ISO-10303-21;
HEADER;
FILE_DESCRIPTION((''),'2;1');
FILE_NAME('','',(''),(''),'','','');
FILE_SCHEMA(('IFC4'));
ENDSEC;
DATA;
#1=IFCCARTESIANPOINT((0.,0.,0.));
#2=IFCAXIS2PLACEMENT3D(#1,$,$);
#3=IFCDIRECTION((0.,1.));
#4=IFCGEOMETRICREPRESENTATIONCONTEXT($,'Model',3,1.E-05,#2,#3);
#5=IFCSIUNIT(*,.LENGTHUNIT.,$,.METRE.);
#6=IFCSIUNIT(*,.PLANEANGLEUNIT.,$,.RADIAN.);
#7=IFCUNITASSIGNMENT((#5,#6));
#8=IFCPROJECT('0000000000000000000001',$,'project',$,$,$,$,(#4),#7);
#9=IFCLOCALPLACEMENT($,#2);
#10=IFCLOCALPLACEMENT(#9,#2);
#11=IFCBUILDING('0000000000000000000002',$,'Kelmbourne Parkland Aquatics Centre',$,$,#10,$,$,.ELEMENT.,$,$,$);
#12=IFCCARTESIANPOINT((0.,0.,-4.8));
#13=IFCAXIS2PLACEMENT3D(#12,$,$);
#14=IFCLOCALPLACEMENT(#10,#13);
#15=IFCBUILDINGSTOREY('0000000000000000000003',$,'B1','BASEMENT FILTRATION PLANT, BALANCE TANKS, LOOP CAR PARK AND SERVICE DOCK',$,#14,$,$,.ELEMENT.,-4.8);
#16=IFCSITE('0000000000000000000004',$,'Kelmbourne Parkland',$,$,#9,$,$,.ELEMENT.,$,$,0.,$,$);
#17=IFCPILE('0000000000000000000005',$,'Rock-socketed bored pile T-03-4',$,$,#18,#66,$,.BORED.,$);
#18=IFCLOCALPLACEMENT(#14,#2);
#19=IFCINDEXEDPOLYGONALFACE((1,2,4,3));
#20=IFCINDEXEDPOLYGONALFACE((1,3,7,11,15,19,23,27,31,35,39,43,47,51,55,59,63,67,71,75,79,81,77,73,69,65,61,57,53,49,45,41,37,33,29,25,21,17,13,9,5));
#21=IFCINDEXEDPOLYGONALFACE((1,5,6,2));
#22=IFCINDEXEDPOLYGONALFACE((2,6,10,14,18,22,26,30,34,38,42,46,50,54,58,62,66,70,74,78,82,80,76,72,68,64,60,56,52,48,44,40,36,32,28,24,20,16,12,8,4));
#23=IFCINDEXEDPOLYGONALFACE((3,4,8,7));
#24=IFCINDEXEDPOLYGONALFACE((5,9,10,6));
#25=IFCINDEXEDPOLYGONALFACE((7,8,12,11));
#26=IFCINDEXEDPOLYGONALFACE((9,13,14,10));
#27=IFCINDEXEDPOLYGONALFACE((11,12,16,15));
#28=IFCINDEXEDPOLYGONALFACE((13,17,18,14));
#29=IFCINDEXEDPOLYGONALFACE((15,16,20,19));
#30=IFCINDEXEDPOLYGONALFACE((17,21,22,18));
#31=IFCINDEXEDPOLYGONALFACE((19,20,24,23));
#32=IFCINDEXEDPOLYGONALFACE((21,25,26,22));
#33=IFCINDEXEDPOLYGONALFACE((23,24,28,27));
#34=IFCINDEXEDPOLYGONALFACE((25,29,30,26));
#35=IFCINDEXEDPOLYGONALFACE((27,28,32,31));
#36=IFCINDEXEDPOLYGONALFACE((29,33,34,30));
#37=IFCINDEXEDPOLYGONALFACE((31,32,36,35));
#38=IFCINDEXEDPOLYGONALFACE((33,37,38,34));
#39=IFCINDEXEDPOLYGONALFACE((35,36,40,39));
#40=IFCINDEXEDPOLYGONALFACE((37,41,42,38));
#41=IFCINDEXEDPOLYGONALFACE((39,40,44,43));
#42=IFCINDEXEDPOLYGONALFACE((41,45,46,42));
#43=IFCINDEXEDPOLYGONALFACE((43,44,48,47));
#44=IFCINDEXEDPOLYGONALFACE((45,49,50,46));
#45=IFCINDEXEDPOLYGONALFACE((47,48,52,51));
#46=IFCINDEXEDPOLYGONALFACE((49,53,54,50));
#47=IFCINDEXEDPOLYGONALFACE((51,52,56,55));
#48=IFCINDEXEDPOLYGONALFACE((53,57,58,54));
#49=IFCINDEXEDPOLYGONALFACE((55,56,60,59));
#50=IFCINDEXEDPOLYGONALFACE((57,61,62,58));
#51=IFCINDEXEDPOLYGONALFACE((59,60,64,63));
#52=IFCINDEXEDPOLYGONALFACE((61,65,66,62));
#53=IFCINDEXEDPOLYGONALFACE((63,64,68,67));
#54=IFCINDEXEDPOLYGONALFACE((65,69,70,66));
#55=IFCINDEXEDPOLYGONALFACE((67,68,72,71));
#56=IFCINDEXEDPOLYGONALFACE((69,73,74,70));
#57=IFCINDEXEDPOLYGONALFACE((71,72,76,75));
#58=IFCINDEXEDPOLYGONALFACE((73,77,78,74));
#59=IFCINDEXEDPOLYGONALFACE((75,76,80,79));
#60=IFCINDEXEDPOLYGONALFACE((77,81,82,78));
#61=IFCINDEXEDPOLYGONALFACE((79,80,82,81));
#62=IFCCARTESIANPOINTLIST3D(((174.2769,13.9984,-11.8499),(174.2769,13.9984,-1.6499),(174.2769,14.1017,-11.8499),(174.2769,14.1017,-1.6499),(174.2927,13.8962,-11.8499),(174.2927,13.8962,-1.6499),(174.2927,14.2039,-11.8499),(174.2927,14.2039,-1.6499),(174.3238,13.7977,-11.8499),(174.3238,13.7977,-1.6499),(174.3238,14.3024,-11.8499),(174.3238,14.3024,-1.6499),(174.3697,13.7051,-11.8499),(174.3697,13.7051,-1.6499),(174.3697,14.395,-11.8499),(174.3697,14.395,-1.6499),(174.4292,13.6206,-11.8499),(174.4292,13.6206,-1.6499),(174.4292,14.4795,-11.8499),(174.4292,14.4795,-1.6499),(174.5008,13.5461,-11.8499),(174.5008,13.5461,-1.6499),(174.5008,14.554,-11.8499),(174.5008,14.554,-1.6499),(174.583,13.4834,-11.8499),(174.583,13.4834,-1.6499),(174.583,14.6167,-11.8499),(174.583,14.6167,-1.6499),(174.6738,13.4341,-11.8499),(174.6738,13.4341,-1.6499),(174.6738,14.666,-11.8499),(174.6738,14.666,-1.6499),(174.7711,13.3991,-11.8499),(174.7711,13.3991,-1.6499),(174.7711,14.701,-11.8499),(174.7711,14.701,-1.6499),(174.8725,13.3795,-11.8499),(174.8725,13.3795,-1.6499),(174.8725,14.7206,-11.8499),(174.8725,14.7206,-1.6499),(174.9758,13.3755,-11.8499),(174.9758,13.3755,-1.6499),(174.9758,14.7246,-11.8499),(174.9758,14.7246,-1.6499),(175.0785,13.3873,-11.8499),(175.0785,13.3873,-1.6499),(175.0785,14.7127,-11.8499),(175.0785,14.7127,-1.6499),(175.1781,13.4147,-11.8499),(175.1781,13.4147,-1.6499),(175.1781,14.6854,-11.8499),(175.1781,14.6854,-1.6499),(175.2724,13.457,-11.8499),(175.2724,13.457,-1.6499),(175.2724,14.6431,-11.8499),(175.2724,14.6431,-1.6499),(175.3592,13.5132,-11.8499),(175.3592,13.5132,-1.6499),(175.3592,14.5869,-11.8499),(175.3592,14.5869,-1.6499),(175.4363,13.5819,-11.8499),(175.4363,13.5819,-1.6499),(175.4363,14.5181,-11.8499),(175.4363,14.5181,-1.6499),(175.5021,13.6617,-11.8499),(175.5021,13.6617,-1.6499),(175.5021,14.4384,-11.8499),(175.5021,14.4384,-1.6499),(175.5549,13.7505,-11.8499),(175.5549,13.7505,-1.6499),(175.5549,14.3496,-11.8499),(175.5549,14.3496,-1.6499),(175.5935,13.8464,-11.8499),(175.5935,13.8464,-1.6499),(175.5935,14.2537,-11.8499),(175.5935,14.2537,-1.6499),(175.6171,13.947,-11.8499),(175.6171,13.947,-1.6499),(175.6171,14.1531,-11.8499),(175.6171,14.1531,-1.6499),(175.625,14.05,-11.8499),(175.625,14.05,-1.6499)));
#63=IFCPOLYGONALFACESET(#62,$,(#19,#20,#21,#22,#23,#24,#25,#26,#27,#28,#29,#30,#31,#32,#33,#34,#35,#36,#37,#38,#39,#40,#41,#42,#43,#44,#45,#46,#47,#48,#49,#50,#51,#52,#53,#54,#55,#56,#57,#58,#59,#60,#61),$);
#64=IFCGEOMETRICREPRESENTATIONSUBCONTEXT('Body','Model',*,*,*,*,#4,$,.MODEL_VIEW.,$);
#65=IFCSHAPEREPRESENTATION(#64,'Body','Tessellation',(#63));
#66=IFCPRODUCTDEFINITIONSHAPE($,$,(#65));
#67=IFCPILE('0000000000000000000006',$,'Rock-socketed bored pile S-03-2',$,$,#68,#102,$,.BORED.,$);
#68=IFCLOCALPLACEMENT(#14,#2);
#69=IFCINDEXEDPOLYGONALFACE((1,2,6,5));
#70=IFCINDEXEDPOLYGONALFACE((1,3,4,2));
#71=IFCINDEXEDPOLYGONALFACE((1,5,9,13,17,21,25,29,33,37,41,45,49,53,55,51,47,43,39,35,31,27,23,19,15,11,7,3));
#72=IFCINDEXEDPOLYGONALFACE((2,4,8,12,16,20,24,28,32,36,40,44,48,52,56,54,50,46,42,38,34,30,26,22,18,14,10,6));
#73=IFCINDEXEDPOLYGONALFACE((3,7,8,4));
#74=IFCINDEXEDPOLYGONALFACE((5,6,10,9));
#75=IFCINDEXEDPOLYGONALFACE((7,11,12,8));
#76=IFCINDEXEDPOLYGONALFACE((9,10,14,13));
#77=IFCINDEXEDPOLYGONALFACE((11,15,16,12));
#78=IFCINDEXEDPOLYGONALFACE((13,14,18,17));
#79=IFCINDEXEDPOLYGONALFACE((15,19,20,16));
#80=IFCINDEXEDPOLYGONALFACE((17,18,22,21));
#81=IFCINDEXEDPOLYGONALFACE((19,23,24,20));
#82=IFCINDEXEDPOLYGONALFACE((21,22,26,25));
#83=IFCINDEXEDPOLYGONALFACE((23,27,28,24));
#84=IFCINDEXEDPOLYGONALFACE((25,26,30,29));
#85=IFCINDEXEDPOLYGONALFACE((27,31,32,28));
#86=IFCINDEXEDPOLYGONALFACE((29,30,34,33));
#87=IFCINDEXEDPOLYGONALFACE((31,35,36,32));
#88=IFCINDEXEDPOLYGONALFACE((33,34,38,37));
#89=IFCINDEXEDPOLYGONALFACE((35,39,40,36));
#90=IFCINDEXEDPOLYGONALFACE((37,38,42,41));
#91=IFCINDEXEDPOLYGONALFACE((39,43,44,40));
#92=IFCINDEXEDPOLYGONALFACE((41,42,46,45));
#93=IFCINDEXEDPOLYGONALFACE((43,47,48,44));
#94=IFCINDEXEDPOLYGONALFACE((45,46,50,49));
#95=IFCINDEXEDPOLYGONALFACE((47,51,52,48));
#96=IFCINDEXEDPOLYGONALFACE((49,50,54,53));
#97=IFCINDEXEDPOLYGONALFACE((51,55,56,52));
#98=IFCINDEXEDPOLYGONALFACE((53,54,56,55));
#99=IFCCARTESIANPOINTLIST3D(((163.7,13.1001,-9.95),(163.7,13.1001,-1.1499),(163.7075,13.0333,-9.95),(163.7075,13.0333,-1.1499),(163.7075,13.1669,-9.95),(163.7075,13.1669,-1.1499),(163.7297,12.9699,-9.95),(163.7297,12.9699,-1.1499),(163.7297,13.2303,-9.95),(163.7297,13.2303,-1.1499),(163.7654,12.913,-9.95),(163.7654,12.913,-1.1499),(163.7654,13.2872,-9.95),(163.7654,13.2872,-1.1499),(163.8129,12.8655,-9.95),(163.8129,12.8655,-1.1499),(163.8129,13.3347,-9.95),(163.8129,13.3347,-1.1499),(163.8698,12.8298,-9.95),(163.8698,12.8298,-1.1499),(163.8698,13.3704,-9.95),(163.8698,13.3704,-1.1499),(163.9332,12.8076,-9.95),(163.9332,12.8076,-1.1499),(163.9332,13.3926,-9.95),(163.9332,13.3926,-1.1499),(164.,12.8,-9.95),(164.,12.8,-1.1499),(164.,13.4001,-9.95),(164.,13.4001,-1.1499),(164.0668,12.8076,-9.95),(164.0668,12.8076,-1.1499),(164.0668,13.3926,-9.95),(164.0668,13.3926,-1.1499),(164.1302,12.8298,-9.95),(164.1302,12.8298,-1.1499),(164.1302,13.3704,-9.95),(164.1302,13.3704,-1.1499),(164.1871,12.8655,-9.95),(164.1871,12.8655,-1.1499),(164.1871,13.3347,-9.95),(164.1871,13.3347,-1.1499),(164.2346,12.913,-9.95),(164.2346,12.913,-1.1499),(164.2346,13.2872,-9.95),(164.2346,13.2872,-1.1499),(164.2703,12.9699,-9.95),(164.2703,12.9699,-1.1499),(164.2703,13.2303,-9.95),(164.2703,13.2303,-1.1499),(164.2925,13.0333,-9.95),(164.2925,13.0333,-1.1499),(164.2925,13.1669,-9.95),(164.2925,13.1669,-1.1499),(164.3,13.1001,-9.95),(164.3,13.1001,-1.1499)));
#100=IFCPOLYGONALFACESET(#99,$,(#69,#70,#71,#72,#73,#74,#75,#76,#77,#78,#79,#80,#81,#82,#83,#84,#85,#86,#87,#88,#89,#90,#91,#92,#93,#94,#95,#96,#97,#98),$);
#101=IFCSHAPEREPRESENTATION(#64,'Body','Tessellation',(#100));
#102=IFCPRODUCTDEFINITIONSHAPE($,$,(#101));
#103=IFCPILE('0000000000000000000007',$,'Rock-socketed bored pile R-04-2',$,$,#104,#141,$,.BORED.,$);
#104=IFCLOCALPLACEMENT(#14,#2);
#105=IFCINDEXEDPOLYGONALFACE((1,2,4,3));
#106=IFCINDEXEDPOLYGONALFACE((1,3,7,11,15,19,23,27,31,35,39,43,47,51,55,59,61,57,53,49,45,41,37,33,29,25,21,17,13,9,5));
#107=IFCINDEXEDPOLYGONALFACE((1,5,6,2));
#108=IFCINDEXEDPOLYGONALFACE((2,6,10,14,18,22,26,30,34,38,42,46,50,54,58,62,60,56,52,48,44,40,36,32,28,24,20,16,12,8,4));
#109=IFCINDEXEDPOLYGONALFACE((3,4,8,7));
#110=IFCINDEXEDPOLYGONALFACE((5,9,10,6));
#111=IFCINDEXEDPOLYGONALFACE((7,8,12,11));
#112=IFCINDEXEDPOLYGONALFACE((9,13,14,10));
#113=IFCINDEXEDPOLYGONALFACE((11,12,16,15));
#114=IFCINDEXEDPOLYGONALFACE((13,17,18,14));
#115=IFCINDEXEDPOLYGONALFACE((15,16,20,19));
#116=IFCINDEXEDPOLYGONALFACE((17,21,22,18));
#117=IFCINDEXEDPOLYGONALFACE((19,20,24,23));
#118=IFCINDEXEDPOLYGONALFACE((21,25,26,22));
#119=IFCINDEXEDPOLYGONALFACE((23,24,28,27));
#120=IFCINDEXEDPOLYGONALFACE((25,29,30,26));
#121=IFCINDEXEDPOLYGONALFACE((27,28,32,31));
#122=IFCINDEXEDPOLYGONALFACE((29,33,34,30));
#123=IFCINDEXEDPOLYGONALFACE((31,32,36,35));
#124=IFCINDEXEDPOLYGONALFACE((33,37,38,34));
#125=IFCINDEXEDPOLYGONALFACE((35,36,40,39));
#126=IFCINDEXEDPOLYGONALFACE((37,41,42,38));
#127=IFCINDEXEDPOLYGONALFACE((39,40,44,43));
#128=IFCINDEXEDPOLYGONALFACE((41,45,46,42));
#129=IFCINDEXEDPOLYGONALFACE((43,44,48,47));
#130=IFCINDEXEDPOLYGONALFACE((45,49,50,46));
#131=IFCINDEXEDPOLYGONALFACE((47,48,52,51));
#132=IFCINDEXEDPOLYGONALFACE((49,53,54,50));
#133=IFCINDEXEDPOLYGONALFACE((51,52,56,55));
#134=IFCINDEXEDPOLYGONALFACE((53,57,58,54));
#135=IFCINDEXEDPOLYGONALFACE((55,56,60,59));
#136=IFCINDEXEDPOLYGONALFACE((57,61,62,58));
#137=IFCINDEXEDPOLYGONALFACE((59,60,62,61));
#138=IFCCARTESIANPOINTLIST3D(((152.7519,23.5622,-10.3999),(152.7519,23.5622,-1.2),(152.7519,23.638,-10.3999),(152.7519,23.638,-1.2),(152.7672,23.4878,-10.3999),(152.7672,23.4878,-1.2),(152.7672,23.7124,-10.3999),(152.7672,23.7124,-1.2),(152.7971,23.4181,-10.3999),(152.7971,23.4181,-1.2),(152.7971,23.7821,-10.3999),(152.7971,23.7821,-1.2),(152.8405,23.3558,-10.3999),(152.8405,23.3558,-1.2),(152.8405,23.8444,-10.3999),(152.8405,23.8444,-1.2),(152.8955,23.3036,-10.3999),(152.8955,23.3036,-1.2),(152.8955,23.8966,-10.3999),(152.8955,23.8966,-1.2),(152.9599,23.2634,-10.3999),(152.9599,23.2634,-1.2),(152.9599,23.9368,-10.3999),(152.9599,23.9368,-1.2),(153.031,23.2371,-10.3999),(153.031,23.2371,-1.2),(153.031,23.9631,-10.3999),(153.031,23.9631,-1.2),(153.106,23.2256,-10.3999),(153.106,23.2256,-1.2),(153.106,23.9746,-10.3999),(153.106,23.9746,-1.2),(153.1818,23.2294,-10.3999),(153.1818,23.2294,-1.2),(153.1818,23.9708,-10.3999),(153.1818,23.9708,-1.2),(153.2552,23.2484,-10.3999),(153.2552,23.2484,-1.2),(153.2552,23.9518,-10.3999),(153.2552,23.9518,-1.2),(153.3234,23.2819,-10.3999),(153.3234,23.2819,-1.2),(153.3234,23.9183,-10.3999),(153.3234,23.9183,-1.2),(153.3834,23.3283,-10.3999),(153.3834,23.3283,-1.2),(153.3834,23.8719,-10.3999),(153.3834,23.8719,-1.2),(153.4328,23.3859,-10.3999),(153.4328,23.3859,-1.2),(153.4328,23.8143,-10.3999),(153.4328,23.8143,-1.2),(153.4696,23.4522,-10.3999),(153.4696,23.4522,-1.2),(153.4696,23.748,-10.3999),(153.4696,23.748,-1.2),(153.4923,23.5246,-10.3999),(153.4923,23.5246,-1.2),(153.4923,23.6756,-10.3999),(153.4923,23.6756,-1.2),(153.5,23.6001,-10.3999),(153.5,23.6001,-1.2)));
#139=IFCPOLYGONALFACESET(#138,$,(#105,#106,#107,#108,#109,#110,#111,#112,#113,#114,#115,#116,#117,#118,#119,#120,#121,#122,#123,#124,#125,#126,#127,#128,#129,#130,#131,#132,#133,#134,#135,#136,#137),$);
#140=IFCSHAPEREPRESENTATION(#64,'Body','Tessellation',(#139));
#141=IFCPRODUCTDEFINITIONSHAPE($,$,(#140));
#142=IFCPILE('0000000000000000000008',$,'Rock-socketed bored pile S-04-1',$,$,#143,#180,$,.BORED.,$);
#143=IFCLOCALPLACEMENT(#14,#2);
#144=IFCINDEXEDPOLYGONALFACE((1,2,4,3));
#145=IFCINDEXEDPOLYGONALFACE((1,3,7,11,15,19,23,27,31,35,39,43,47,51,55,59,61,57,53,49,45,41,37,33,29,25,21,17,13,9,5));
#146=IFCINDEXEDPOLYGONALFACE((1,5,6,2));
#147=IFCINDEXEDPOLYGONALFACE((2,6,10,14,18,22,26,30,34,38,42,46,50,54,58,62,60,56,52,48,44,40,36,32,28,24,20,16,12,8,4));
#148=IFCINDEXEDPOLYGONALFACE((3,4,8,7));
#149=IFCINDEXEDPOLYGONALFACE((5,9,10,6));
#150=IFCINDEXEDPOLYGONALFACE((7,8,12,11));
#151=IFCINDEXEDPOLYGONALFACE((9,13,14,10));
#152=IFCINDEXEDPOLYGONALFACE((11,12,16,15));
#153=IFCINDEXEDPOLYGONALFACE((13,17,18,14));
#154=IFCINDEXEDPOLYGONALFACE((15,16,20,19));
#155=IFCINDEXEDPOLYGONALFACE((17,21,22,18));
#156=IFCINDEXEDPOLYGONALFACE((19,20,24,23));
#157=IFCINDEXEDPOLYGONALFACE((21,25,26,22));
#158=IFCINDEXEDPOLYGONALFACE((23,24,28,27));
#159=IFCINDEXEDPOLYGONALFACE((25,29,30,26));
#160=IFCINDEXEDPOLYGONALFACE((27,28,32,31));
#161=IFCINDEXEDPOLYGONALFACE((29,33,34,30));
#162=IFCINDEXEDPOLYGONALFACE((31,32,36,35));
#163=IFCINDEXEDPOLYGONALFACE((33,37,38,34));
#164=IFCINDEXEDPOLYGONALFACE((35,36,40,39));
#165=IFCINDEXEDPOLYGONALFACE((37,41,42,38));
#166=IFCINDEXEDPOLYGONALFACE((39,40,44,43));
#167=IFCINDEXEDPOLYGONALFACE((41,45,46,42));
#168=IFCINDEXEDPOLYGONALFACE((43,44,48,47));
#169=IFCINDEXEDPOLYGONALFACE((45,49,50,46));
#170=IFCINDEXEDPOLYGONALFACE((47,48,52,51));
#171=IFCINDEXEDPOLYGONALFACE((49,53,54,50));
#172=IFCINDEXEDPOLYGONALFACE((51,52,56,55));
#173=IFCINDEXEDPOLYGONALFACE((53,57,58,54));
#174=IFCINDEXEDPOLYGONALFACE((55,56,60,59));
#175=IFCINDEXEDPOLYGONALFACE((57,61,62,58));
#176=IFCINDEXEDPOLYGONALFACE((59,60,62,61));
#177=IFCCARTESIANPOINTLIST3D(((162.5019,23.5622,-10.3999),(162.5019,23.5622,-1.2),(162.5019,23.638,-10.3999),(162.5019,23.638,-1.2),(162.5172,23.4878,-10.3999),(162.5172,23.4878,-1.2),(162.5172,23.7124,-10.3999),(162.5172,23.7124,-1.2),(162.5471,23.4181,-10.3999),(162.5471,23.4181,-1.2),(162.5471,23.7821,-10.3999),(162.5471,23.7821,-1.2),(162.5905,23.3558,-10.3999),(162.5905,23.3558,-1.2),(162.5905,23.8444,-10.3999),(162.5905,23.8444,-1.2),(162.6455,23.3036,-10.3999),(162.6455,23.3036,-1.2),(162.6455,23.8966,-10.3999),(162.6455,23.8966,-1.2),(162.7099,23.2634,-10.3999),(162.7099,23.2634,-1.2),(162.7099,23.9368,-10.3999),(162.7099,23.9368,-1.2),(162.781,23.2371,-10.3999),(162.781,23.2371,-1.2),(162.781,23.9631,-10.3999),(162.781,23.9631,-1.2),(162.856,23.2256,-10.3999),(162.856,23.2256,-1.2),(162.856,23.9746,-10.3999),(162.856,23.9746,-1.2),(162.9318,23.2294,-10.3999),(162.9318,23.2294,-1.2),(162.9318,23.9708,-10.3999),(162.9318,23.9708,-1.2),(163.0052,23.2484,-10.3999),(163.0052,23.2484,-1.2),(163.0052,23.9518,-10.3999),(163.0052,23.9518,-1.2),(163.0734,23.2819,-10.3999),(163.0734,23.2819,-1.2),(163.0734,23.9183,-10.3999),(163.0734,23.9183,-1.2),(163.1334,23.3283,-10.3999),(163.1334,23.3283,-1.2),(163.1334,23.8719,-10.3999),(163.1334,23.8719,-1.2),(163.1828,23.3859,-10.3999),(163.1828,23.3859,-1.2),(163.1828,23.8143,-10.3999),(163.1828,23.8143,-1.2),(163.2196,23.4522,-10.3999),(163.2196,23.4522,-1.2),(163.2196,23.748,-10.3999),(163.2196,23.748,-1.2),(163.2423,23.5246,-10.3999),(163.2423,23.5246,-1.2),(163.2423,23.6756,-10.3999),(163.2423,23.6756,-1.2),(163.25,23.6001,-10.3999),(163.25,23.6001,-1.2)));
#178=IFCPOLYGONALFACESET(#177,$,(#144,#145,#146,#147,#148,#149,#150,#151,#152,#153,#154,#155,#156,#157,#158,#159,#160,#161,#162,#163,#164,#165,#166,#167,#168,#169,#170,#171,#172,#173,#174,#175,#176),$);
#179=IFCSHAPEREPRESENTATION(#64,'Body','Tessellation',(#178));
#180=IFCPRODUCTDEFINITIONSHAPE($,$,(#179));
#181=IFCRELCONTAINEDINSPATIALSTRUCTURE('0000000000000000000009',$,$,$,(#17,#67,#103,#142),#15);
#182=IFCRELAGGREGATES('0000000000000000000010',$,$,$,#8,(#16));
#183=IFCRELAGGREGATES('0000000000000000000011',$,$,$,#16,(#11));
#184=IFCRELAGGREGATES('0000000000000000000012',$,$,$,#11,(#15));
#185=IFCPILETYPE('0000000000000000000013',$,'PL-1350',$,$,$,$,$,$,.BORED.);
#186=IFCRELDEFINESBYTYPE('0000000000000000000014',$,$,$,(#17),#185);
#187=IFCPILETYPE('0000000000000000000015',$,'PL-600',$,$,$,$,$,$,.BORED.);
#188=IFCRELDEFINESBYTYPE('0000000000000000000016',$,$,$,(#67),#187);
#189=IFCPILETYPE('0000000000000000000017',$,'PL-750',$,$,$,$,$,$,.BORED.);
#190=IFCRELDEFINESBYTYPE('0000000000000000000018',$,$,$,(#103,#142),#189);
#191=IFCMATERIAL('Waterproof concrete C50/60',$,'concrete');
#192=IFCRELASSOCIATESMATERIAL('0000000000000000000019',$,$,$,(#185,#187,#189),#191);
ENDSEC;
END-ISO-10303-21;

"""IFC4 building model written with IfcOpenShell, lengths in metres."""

from ifc_helpers import new_model, si_unit, direction, frame, origin, origin_2d, place, context, subcontext, project, spatial, circle, extrude, material, material_profile, profile_set, type_object, element, save


model = new_model("IFC4")

# Units and contexts
model_context = context("Model", 3, precision=1e-05, world=origin(), true_north=direction((0.0, 1.0)))
body_context = subcontext(model_context, "Body", "Model", "MODEL_VIEW")
ifc_project = project(units=[si_unit("LENGTHUNIT", "METRE"), si_unit("PLANEANGLEUNIT", "RADIAN")], contexts=[model_context])

# Site, building, storey
site_placement = place(None, origin())
site = spatial("IfcSite", under=ifc_project, at=site_placement, Name="Kelmbourne Parkland", CompositionType="ELEMENT", RefElevation=0.0)
building_placement = place(site_placement, origin())
building = spatial("IfcBuilding", under=site, at=building_placement, Name="Kelmbourne Parkland Aquatics Centre", CompositionType="ELEMENT")
storey_placement = place(building_placement, frame((0.0, 0.0, -4.8)))
storey = spatial("IfcBuildingStorey", under=building, at=storey_placement, Name="B1", Description="BASEMENT FILTRATION PLANT, BALANCE TANKS, LOOP CAR PARK AND SERVICE DOCK", CompositionType="ELEMENT", Elevation=-4.8)

# Shared definitions
ifc_material_1 = material(Name="Waterproof concrete C50/60", Category="concrete")

# Piles
ifc_material_profile_1 = material_profile(ifc_material_1, circle(Radius=0.675, at=origin_2d()), Name="PILE D1350")
ifc_profile_set_1 = profile_set([ifc_material_profile_1], Name="Waterproof concrete C50/60")
pile_type_1 = type_object("IfcPileType", Name="PL-1350", PredefinedType="BORED", material=ifc_profile_set_1)
for number, where, z_axis, x_axis, name in (
    (1, (174.95, 14.05, -1.6499), (0.0, 0.0, -1.0), (1.0, 0.0, 0.0), "Rock-socketed bored pile T-03-4"),
):
    element("IfcPile", number, at=place(storey_placement, frame(where, z_axis=z_axis, x_axis=x_axis)), inside=storey, type_object=pile_type_1, Name=name, PredefinedType="BORED", context=body_context, shape_type="SweptSolid", body=[
        extrude(circle(Radius=0.675, at=origin_2d()), origin(), (0.0, 0.0, 1.0), 10.2),
    ])
ifc_material_profile_2 = material_profile(ifc_material_1, circle(Radius=0.3, at=origin_2d()), Name="PILE D600")
ifc_profile_set_2 = profile_set([ifc_material_profile_2], Name="Waterproof concrete C50/60")
pile_type_2 = type_object("IfcPileType", Name="PL-600", PredefinedType="BORED", material=ifc_profile_set_2)
pile_placement = place(storey_placement, frame((164.0, 13.1001, -1.1499), z_axis=(0.0, 0.0, -1.0), x_axis=(1.0, 0.0, 0.0)))
element("IfcPile", 2, at=pile_placement, inside=storey, type_object=pile_type_2, Name="Rock-socketed bored pile S-03-2", PredefinedType="BORED", context=body_context, shape_type="SweptSolid", body=[
    extrude(circle(Radius=0.3, at=origin_2d()), origin(), (0.0, 0.0, 1.0), 8.8),
])
ifc_material_profile_3 = material_profile(ifc_material_1, circle(Radius=0.375, at=origin_2d()), Name="PILE D750")
ifc_profile_set_3 = profile_set([ifc_material_profile_3], Name="Waterproof concrete C50/60")
pile_type_3 = type_object("IfcPileType", Name="PL-750", PredefinedType="BORED", material=ifc_profile_set_3)
for number, where, z_axis, x_axis, name in (
    (3, (153.125, 23.6001, -1.2), (0.0, 0.0, -1.0), (1.0, 0.0, 0.0), "Rock-socketed bored pile R-04-2"),
    (4, (162.875, 23.6001, -1.2), (0.0, 0.0, -1.0), (1.0, 0.0, 0.0), "Rock-socketed bored pile S-04-1"),
):
    element("IfcPile", number, at=place(storey_placement, frame(where, z_axis=z_axis, x_axis=x_axis)), inside=storey, type_object=pile_type_3, Name=name, PredefinedType="BORED", context=body_context, shape_type="SweptSolid", body=[
        extrude(circle(Radius=0.375, at=origin_2d()), origin(), (0.0, 0.0, 1.0), 9.2),
    ])

save(model, "model.ifc")
